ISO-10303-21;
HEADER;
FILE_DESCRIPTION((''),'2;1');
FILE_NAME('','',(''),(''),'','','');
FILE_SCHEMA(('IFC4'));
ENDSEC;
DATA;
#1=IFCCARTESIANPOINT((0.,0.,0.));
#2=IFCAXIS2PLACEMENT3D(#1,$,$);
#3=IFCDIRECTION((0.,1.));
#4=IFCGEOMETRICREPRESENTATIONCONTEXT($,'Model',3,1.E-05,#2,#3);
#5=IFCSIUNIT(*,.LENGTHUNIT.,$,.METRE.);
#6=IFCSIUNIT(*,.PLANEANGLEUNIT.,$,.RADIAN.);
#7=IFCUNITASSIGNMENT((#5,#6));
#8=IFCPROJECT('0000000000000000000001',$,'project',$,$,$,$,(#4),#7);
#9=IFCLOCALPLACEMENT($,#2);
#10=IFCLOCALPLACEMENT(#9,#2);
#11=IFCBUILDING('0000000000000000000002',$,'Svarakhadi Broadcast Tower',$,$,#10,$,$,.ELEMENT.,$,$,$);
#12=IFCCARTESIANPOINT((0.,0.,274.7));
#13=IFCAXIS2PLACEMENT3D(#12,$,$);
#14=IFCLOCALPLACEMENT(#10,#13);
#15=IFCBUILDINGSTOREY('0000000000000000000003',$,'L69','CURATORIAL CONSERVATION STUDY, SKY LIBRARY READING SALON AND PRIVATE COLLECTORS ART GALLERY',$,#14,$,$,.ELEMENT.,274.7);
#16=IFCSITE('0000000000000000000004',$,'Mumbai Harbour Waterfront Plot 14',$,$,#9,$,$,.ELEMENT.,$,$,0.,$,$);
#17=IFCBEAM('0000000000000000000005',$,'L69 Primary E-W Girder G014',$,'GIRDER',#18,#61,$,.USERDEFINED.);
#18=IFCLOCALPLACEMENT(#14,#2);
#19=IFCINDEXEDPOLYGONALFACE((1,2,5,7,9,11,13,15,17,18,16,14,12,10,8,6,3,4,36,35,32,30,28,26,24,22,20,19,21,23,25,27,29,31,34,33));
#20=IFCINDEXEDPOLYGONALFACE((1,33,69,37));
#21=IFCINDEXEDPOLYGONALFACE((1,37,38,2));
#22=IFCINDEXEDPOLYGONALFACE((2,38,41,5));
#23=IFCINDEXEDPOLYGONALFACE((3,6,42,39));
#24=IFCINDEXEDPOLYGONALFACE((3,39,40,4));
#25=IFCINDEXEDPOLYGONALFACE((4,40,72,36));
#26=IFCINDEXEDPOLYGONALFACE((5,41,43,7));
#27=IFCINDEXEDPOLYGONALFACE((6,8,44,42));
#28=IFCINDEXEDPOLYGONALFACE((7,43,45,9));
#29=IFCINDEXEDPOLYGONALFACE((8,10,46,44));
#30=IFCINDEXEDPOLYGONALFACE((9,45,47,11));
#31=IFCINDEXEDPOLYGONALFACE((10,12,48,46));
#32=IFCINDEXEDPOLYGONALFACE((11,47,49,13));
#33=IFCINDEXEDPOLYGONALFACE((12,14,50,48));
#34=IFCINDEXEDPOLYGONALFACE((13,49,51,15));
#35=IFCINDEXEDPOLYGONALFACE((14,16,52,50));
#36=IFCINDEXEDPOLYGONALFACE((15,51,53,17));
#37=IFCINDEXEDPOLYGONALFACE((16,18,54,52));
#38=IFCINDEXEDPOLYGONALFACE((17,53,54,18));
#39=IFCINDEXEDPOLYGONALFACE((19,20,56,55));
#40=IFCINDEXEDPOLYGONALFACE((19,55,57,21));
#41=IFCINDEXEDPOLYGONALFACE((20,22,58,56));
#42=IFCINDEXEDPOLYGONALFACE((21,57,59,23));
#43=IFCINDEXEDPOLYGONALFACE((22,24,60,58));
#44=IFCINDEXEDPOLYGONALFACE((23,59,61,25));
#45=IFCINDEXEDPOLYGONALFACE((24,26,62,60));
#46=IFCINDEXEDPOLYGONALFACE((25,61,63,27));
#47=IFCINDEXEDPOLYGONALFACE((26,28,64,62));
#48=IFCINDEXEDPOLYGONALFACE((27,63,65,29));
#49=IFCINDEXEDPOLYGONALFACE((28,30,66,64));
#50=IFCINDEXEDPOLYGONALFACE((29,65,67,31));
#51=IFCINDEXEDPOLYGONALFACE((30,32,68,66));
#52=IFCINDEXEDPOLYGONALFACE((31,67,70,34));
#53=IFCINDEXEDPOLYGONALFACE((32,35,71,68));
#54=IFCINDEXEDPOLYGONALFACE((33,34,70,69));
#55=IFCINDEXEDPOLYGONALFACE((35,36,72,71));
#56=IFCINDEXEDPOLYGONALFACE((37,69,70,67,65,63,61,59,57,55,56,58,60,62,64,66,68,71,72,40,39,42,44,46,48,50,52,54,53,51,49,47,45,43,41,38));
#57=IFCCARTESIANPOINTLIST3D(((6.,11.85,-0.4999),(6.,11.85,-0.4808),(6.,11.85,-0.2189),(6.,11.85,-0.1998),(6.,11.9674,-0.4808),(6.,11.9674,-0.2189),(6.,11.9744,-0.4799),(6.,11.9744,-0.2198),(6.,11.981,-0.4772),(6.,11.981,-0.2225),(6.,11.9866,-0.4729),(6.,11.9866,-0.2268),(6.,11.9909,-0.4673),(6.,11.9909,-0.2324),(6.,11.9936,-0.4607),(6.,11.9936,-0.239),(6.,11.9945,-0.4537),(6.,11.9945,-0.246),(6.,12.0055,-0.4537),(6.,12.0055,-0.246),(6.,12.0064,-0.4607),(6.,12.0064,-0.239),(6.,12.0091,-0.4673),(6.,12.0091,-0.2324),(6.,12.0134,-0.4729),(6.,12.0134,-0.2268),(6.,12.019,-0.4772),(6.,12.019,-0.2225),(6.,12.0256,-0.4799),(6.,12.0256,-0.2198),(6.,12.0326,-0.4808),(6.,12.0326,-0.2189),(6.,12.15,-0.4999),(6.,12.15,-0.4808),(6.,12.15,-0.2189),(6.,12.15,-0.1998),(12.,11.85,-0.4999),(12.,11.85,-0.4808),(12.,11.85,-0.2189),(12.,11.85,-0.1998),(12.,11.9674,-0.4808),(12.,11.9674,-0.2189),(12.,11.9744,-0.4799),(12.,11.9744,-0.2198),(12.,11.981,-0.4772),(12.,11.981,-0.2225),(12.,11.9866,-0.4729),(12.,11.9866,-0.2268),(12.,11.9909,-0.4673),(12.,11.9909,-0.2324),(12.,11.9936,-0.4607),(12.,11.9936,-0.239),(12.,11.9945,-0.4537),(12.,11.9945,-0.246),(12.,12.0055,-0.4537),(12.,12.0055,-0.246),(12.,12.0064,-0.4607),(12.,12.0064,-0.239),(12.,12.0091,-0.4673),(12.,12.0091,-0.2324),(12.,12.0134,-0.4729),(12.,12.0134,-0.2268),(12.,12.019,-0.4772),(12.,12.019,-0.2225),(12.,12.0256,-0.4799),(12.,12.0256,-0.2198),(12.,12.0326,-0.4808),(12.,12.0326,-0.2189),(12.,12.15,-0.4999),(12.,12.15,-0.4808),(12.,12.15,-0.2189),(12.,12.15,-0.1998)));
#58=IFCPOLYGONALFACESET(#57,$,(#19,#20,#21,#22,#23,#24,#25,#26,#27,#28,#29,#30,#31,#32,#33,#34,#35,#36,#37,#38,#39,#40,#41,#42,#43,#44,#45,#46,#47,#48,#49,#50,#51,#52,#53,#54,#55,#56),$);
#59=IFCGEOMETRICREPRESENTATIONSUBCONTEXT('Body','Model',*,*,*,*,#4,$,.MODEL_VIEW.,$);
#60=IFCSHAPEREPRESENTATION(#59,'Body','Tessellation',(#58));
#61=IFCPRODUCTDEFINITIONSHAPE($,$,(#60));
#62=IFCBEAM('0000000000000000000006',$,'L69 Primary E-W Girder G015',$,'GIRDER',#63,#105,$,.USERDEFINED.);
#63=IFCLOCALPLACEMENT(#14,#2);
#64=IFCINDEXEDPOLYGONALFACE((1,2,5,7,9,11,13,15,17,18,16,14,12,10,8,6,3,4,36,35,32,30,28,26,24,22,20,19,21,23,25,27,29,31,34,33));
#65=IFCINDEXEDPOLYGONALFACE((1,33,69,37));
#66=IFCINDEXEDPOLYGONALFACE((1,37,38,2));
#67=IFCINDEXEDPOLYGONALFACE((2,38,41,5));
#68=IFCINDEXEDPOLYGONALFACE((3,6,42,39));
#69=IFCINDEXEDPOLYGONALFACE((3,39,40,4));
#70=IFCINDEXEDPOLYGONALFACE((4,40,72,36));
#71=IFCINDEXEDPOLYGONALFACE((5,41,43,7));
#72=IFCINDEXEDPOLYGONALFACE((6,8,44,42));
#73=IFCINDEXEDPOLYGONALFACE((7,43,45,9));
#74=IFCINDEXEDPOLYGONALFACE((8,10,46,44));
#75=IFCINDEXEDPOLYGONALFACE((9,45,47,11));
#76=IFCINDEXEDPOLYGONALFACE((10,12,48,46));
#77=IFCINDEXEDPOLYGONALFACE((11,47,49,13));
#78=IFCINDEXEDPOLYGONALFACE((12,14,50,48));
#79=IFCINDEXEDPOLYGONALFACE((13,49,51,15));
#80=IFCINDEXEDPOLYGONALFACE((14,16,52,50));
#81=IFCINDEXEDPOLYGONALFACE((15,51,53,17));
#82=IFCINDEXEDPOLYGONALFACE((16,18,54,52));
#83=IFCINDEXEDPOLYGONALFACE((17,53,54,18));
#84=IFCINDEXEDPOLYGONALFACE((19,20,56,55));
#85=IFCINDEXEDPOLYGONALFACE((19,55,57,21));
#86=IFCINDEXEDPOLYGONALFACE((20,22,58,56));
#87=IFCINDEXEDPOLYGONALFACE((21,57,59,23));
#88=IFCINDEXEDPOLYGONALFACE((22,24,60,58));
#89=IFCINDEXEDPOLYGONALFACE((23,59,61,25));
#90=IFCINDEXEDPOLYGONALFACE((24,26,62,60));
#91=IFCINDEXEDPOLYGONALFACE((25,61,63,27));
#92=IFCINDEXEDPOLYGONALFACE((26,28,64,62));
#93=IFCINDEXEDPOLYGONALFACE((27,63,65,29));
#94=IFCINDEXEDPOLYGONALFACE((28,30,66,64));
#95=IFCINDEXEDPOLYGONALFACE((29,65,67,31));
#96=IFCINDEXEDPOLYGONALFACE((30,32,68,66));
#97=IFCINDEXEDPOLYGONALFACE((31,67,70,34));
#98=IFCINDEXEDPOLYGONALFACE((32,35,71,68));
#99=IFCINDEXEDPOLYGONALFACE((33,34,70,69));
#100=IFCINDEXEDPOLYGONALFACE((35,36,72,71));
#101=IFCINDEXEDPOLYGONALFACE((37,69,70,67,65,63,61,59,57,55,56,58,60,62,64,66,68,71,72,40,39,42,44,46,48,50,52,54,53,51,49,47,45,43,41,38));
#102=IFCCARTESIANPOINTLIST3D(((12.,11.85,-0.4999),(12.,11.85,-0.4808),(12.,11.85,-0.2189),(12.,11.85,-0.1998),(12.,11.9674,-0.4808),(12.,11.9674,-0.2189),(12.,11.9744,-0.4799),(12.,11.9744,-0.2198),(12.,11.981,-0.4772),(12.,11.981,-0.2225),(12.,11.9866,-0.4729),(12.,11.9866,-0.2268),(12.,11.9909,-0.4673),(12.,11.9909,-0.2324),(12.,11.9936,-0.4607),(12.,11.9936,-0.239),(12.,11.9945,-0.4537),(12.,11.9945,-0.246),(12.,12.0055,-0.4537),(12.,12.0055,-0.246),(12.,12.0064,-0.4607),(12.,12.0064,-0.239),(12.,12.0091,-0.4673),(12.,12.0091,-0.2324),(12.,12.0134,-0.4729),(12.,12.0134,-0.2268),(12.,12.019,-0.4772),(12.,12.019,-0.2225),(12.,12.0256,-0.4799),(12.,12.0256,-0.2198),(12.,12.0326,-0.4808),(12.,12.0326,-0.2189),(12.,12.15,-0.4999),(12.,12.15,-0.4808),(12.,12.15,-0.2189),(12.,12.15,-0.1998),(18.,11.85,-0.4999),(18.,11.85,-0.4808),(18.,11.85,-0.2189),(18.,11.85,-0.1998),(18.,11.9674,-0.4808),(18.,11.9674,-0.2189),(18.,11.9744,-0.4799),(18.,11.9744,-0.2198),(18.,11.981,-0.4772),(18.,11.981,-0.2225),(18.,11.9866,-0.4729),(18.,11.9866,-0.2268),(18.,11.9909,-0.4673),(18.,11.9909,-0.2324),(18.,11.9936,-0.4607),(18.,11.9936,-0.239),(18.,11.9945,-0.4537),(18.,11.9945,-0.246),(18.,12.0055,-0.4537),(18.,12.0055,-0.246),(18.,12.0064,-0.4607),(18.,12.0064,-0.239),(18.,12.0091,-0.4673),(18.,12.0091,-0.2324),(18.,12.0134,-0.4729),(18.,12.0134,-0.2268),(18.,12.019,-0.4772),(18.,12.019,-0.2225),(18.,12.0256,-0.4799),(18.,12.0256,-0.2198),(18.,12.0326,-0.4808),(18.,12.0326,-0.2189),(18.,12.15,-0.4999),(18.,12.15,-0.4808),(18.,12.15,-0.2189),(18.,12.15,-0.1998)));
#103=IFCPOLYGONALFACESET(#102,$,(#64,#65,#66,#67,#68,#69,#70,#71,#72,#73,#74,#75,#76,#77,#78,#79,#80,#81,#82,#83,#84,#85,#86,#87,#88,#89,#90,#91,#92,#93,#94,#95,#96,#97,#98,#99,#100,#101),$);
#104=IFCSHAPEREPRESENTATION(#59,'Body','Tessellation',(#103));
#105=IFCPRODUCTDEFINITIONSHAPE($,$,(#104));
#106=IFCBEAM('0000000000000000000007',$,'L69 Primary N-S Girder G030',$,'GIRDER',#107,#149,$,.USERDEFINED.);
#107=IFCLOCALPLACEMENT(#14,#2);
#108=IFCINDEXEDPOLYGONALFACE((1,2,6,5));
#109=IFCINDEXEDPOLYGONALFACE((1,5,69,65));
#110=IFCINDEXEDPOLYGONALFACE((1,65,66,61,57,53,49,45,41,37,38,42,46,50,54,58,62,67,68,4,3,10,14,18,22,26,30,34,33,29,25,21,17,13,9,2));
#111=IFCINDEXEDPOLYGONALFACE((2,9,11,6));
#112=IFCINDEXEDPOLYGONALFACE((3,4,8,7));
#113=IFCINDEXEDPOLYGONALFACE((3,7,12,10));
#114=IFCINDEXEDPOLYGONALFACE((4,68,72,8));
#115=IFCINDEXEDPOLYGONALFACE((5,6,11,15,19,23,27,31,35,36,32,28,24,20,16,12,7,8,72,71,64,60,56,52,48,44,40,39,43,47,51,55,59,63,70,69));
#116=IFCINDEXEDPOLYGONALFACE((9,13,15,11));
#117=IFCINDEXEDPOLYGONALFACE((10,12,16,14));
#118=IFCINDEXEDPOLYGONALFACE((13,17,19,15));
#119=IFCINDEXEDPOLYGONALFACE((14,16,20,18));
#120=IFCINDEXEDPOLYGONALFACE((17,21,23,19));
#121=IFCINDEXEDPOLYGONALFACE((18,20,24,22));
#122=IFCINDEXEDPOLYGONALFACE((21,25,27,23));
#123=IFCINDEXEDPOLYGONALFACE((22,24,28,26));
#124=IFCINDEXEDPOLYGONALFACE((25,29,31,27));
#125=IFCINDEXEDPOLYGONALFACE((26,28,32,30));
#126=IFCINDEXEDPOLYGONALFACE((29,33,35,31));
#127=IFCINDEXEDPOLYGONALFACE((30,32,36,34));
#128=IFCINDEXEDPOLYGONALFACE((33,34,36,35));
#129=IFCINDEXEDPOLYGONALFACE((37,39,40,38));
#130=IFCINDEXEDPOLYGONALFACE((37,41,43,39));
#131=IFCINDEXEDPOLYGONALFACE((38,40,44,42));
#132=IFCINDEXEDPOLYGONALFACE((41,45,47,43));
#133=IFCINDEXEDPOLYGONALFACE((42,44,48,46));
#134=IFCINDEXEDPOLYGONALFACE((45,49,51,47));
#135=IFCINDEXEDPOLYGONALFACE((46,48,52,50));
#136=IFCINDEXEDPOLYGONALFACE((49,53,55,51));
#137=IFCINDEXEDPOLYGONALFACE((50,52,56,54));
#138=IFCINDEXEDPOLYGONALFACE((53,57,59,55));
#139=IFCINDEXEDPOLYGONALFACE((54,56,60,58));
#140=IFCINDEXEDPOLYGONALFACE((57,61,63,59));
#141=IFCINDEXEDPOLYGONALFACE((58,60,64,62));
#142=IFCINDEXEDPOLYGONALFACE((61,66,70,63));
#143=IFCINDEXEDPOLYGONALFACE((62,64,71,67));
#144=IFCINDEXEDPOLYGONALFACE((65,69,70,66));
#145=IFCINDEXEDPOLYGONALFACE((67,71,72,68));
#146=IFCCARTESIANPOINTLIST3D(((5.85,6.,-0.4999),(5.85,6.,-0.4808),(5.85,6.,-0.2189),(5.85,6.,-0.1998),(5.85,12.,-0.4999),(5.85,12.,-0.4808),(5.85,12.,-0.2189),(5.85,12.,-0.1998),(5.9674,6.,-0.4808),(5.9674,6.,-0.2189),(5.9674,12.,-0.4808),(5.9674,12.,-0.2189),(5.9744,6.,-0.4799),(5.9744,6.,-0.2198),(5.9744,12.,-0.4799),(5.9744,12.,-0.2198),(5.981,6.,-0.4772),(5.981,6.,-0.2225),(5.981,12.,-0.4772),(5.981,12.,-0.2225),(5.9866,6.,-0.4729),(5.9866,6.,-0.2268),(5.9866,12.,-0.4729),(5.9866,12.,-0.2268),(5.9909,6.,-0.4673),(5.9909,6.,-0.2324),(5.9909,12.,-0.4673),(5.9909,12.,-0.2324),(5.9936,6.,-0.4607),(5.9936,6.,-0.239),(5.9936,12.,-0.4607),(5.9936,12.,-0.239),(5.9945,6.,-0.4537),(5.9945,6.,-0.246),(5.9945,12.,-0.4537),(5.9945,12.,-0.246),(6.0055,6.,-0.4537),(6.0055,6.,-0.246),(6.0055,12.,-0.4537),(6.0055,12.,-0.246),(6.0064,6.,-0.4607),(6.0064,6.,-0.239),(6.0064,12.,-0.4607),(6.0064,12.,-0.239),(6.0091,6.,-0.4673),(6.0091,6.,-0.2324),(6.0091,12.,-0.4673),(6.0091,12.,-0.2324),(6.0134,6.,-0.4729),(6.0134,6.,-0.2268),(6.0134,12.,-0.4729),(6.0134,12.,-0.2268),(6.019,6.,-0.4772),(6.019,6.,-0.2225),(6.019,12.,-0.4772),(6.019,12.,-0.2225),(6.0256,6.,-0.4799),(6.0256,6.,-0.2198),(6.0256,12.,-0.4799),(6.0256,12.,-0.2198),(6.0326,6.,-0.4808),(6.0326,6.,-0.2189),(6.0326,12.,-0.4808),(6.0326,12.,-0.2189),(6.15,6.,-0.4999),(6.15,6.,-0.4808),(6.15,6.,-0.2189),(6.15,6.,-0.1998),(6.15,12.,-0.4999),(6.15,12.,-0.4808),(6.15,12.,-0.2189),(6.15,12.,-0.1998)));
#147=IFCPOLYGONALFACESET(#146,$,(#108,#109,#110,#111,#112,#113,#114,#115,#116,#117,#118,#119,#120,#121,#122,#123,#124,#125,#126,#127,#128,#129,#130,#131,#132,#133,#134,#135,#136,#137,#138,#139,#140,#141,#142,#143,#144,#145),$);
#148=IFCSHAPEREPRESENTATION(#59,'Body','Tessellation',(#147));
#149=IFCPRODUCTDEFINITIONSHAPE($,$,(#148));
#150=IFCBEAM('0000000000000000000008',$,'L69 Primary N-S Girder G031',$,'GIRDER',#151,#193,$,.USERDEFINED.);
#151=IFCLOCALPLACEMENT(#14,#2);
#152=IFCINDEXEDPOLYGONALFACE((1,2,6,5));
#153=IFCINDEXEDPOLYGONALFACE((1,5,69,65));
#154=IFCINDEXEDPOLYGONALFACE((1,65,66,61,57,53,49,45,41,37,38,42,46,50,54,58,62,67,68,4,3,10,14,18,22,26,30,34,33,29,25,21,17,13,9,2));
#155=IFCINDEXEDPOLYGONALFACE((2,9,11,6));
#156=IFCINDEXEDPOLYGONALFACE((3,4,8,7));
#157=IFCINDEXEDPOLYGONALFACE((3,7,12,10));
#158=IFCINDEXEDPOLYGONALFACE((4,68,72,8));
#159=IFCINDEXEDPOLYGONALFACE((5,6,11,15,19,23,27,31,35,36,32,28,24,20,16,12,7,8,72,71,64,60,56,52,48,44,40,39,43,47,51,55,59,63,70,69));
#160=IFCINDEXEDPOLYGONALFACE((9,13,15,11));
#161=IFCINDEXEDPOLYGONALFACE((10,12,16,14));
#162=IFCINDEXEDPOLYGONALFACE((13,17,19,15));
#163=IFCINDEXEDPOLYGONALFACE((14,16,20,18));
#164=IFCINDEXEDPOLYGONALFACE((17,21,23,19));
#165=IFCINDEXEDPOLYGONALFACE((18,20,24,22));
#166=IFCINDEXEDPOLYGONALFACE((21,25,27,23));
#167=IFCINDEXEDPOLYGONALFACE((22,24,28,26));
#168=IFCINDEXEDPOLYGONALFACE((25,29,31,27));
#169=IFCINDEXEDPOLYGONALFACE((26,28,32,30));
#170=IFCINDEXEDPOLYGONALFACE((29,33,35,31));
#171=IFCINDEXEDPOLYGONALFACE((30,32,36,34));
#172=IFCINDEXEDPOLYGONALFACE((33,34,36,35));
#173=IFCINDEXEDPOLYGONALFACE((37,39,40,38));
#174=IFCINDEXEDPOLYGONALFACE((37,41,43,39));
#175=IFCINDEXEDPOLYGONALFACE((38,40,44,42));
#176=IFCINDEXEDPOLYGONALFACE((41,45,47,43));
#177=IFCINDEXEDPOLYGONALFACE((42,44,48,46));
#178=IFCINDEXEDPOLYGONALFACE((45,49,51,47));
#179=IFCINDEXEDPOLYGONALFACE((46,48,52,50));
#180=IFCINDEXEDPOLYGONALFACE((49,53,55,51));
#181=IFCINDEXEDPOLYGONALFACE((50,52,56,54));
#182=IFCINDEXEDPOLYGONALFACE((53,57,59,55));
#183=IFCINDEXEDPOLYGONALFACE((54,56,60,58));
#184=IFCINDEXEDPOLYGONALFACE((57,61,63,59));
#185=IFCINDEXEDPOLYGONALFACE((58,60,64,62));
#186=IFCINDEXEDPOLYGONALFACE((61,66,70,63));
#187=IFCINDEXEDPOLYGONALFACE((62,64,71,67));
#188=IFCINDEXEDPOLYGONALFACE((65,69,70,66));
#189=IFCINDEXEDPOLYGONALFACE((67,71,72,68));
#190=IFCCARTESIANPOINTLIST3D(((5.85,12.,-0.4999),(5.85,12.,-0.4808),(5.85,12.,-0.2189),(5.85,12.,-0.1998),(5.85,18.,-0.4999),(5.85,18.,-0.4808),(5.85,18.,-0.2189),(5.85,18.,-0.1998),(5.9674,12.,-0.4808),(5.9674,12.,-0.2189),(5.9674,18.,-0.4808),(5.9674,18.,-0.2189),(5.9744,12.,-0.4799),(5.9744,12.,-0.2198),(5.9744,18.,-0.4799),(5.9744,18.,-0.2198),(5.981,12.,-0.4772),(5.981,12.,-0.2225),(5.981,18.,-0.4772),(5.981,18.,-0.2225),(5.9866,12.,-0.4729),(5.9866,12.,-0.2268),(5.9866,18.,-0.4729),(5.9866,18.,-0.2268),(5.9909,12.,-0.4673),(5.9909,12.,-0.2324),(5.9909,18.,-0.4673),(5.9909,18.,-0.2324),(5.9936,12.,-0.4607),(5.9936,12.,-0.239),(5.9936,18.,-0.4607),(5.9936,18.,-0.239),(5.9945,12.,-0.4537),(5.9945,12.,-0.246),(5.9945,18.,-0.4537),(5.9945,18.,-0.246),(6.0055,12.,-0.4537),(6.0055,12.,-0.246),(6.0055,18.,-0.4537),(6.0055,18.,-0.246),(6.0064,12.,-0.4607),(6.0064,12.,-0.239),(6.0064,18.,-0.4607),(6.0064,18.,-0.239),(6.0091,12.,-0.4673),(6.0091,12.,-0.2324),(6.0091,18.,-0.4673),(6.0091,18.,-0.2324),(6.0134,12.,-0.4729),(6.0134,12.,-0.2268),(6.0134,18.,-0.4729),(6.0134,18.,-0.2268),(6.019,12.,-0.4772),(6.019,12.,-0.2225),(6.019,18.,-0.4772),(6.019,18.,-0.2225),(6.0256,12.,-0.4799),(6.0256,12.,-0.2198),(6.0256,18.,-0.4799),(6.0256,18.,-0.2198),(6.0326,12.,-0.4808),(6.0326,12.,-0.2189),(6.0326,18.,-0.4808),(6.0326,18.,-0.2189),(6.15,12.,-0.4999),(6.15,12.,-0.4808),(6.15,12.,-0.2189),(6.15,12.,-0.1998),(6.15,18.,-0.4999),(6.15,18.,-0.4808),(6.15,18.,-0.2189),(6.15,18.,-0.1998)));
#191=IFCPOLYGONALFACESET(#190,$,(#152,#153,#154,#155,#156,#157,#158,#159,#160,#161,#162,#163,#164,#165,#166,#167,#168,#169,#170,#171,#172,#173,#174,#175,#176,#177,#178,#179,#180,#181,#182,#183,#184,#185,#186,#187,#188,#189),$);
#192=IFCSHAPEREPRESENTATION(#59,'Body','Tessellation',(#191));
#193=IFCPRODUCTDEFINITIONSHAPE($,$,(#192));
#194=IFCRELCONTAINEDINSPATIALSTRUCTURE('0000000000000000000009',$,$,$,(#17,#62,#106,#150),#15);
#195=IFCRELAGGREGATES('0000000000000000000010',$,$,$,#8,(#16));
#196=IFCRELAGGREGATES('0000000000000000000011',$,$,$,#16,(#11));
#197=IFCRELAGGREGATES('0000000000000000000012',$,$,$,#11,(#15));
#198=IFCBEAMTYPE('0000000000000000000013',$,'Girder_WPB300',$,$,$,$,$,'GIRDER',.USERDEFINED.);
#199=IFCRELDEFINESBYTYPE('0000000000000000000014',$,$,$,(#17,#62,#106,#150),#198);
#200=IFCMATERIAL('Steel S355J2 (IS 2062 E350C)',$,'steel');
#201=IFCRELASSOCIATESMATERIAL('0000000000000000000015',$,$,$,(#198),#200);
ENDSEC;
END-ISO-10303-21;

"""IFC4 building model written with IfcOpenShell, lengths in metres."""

from ifc_helpers import new_model, si_unit, direction, frame, origin, origin_2d, place, context, subcontext, project, spatial, i_section, extrude, material, material_profile, profile_set, type_object, element, save


model = new_model("IFC4")

# Units and contexts
model_context = context("Model", 3, precision=1e-05, world=origin(), true_north=direction((0.0, 1.0)))
body_context = subcontext(model_context, "Body", "Model", "MODEL_VIEW")
ifc_project = project(units=[si_unit("LENGTHUNIT", "METRE"), si_unit("PLANEANGLEUNIT", "RADIAN")], contexts=[model_context])

# Site, building, storey
site_placement = place(None, origin())
site = spatial("IfcSite", under=ifc_project, at=site_placement, Name="Mumbai Harbour Waterfront Plot 14", CompositionType="ELEMENT", RefElevation=0.0)
building_placement = place(site_placement, origin())
building = spatial("IfcBuilding", under=site, at=building_placement, Name="Svarakhadi Broadcast Tower", CompositionType="ELEMENT")
storey_placement = place(building_placement, frame((0.0, 0.0, 274.7)))
storey = spatial("IfcBuildingStorey", under=building, at=storey_placement, Name="L69", Description="CURATORIAL CONSERVATION STUDY, SKY LIBRARY READING SALON AND PRIVATE COLLECTORS ART GALLERY", CompositionType="ELEMENT", Elevation=274.7)

# Beams
ifc_material_1 = material(Name="Steel S355J2 (IS 2062 E350C)", Category="steel")
ifc_material_profile_1 = material_profile(ifc_material_1, i_section(OverallWidth=0.3, OverallDepth=0.3, WebThickness=0.011, FlangeThickness=0.019, FilletRadius=0.0271, at=origin_2d()), Name="WPB 300x300x117")
ifc_profile_set_1 = profile_set([ifc_material_profile_1], Name="Steel S355J2 (IS 2062 E350C)")
beam_type_1 = type_object("IfcBeamType", Name="Girder_WPB300", ElementType="GIRDER", PredefinedType="USERDEFINED", material=ifc_profile_set_1)
for number, where, z_axis, x_axis, name in (
    (1, (6.0, 12.0, -0.3499), (1.0, 0.0, 0.0), (0.0, 1.0, 0.0), "L69 Primary E-W Girder G014"),
    (2, (12.0, 12.0, -0.3499), (1.0, 0.0, 0.0), (0.0, 1.0, 0.0), "L69 Primary E-W Girder G015"),
    (3, (6.0, 6.0, -0.3499), (0.0, 1.0, 0.0), (-1.0, 0.0, 0.0), "L69 Primary N-S Girder G030"),
    (4, (6.0, 12.0, -0.3499), (0.0, 1.0, 0.0), (-1.0, 0.0, 0.0), "L69 Primary N-S Girder G031"),
):
    element("IfcBeam", number, at=place(storey_placement, frame(where, z_axis=z_axis, x_axis=x_axis)), inside=storey, type_object=beam_type_1, Name=name, ObjectType="GIRDER", PredefinedType="USERDEFINED", context=body_context, shape_type="SweptSolid", body=[
        extrude(i_section(OverallWidth=0.3, OverallDepth=0.3, WebThickness=0.011, FlangeThickness=0.019, FilletRadius=0.0271, at=origin_2d()), origin(), (0.0, 0.0, 1.0), 6.0),
    ])

save(model, "model.ifc")
